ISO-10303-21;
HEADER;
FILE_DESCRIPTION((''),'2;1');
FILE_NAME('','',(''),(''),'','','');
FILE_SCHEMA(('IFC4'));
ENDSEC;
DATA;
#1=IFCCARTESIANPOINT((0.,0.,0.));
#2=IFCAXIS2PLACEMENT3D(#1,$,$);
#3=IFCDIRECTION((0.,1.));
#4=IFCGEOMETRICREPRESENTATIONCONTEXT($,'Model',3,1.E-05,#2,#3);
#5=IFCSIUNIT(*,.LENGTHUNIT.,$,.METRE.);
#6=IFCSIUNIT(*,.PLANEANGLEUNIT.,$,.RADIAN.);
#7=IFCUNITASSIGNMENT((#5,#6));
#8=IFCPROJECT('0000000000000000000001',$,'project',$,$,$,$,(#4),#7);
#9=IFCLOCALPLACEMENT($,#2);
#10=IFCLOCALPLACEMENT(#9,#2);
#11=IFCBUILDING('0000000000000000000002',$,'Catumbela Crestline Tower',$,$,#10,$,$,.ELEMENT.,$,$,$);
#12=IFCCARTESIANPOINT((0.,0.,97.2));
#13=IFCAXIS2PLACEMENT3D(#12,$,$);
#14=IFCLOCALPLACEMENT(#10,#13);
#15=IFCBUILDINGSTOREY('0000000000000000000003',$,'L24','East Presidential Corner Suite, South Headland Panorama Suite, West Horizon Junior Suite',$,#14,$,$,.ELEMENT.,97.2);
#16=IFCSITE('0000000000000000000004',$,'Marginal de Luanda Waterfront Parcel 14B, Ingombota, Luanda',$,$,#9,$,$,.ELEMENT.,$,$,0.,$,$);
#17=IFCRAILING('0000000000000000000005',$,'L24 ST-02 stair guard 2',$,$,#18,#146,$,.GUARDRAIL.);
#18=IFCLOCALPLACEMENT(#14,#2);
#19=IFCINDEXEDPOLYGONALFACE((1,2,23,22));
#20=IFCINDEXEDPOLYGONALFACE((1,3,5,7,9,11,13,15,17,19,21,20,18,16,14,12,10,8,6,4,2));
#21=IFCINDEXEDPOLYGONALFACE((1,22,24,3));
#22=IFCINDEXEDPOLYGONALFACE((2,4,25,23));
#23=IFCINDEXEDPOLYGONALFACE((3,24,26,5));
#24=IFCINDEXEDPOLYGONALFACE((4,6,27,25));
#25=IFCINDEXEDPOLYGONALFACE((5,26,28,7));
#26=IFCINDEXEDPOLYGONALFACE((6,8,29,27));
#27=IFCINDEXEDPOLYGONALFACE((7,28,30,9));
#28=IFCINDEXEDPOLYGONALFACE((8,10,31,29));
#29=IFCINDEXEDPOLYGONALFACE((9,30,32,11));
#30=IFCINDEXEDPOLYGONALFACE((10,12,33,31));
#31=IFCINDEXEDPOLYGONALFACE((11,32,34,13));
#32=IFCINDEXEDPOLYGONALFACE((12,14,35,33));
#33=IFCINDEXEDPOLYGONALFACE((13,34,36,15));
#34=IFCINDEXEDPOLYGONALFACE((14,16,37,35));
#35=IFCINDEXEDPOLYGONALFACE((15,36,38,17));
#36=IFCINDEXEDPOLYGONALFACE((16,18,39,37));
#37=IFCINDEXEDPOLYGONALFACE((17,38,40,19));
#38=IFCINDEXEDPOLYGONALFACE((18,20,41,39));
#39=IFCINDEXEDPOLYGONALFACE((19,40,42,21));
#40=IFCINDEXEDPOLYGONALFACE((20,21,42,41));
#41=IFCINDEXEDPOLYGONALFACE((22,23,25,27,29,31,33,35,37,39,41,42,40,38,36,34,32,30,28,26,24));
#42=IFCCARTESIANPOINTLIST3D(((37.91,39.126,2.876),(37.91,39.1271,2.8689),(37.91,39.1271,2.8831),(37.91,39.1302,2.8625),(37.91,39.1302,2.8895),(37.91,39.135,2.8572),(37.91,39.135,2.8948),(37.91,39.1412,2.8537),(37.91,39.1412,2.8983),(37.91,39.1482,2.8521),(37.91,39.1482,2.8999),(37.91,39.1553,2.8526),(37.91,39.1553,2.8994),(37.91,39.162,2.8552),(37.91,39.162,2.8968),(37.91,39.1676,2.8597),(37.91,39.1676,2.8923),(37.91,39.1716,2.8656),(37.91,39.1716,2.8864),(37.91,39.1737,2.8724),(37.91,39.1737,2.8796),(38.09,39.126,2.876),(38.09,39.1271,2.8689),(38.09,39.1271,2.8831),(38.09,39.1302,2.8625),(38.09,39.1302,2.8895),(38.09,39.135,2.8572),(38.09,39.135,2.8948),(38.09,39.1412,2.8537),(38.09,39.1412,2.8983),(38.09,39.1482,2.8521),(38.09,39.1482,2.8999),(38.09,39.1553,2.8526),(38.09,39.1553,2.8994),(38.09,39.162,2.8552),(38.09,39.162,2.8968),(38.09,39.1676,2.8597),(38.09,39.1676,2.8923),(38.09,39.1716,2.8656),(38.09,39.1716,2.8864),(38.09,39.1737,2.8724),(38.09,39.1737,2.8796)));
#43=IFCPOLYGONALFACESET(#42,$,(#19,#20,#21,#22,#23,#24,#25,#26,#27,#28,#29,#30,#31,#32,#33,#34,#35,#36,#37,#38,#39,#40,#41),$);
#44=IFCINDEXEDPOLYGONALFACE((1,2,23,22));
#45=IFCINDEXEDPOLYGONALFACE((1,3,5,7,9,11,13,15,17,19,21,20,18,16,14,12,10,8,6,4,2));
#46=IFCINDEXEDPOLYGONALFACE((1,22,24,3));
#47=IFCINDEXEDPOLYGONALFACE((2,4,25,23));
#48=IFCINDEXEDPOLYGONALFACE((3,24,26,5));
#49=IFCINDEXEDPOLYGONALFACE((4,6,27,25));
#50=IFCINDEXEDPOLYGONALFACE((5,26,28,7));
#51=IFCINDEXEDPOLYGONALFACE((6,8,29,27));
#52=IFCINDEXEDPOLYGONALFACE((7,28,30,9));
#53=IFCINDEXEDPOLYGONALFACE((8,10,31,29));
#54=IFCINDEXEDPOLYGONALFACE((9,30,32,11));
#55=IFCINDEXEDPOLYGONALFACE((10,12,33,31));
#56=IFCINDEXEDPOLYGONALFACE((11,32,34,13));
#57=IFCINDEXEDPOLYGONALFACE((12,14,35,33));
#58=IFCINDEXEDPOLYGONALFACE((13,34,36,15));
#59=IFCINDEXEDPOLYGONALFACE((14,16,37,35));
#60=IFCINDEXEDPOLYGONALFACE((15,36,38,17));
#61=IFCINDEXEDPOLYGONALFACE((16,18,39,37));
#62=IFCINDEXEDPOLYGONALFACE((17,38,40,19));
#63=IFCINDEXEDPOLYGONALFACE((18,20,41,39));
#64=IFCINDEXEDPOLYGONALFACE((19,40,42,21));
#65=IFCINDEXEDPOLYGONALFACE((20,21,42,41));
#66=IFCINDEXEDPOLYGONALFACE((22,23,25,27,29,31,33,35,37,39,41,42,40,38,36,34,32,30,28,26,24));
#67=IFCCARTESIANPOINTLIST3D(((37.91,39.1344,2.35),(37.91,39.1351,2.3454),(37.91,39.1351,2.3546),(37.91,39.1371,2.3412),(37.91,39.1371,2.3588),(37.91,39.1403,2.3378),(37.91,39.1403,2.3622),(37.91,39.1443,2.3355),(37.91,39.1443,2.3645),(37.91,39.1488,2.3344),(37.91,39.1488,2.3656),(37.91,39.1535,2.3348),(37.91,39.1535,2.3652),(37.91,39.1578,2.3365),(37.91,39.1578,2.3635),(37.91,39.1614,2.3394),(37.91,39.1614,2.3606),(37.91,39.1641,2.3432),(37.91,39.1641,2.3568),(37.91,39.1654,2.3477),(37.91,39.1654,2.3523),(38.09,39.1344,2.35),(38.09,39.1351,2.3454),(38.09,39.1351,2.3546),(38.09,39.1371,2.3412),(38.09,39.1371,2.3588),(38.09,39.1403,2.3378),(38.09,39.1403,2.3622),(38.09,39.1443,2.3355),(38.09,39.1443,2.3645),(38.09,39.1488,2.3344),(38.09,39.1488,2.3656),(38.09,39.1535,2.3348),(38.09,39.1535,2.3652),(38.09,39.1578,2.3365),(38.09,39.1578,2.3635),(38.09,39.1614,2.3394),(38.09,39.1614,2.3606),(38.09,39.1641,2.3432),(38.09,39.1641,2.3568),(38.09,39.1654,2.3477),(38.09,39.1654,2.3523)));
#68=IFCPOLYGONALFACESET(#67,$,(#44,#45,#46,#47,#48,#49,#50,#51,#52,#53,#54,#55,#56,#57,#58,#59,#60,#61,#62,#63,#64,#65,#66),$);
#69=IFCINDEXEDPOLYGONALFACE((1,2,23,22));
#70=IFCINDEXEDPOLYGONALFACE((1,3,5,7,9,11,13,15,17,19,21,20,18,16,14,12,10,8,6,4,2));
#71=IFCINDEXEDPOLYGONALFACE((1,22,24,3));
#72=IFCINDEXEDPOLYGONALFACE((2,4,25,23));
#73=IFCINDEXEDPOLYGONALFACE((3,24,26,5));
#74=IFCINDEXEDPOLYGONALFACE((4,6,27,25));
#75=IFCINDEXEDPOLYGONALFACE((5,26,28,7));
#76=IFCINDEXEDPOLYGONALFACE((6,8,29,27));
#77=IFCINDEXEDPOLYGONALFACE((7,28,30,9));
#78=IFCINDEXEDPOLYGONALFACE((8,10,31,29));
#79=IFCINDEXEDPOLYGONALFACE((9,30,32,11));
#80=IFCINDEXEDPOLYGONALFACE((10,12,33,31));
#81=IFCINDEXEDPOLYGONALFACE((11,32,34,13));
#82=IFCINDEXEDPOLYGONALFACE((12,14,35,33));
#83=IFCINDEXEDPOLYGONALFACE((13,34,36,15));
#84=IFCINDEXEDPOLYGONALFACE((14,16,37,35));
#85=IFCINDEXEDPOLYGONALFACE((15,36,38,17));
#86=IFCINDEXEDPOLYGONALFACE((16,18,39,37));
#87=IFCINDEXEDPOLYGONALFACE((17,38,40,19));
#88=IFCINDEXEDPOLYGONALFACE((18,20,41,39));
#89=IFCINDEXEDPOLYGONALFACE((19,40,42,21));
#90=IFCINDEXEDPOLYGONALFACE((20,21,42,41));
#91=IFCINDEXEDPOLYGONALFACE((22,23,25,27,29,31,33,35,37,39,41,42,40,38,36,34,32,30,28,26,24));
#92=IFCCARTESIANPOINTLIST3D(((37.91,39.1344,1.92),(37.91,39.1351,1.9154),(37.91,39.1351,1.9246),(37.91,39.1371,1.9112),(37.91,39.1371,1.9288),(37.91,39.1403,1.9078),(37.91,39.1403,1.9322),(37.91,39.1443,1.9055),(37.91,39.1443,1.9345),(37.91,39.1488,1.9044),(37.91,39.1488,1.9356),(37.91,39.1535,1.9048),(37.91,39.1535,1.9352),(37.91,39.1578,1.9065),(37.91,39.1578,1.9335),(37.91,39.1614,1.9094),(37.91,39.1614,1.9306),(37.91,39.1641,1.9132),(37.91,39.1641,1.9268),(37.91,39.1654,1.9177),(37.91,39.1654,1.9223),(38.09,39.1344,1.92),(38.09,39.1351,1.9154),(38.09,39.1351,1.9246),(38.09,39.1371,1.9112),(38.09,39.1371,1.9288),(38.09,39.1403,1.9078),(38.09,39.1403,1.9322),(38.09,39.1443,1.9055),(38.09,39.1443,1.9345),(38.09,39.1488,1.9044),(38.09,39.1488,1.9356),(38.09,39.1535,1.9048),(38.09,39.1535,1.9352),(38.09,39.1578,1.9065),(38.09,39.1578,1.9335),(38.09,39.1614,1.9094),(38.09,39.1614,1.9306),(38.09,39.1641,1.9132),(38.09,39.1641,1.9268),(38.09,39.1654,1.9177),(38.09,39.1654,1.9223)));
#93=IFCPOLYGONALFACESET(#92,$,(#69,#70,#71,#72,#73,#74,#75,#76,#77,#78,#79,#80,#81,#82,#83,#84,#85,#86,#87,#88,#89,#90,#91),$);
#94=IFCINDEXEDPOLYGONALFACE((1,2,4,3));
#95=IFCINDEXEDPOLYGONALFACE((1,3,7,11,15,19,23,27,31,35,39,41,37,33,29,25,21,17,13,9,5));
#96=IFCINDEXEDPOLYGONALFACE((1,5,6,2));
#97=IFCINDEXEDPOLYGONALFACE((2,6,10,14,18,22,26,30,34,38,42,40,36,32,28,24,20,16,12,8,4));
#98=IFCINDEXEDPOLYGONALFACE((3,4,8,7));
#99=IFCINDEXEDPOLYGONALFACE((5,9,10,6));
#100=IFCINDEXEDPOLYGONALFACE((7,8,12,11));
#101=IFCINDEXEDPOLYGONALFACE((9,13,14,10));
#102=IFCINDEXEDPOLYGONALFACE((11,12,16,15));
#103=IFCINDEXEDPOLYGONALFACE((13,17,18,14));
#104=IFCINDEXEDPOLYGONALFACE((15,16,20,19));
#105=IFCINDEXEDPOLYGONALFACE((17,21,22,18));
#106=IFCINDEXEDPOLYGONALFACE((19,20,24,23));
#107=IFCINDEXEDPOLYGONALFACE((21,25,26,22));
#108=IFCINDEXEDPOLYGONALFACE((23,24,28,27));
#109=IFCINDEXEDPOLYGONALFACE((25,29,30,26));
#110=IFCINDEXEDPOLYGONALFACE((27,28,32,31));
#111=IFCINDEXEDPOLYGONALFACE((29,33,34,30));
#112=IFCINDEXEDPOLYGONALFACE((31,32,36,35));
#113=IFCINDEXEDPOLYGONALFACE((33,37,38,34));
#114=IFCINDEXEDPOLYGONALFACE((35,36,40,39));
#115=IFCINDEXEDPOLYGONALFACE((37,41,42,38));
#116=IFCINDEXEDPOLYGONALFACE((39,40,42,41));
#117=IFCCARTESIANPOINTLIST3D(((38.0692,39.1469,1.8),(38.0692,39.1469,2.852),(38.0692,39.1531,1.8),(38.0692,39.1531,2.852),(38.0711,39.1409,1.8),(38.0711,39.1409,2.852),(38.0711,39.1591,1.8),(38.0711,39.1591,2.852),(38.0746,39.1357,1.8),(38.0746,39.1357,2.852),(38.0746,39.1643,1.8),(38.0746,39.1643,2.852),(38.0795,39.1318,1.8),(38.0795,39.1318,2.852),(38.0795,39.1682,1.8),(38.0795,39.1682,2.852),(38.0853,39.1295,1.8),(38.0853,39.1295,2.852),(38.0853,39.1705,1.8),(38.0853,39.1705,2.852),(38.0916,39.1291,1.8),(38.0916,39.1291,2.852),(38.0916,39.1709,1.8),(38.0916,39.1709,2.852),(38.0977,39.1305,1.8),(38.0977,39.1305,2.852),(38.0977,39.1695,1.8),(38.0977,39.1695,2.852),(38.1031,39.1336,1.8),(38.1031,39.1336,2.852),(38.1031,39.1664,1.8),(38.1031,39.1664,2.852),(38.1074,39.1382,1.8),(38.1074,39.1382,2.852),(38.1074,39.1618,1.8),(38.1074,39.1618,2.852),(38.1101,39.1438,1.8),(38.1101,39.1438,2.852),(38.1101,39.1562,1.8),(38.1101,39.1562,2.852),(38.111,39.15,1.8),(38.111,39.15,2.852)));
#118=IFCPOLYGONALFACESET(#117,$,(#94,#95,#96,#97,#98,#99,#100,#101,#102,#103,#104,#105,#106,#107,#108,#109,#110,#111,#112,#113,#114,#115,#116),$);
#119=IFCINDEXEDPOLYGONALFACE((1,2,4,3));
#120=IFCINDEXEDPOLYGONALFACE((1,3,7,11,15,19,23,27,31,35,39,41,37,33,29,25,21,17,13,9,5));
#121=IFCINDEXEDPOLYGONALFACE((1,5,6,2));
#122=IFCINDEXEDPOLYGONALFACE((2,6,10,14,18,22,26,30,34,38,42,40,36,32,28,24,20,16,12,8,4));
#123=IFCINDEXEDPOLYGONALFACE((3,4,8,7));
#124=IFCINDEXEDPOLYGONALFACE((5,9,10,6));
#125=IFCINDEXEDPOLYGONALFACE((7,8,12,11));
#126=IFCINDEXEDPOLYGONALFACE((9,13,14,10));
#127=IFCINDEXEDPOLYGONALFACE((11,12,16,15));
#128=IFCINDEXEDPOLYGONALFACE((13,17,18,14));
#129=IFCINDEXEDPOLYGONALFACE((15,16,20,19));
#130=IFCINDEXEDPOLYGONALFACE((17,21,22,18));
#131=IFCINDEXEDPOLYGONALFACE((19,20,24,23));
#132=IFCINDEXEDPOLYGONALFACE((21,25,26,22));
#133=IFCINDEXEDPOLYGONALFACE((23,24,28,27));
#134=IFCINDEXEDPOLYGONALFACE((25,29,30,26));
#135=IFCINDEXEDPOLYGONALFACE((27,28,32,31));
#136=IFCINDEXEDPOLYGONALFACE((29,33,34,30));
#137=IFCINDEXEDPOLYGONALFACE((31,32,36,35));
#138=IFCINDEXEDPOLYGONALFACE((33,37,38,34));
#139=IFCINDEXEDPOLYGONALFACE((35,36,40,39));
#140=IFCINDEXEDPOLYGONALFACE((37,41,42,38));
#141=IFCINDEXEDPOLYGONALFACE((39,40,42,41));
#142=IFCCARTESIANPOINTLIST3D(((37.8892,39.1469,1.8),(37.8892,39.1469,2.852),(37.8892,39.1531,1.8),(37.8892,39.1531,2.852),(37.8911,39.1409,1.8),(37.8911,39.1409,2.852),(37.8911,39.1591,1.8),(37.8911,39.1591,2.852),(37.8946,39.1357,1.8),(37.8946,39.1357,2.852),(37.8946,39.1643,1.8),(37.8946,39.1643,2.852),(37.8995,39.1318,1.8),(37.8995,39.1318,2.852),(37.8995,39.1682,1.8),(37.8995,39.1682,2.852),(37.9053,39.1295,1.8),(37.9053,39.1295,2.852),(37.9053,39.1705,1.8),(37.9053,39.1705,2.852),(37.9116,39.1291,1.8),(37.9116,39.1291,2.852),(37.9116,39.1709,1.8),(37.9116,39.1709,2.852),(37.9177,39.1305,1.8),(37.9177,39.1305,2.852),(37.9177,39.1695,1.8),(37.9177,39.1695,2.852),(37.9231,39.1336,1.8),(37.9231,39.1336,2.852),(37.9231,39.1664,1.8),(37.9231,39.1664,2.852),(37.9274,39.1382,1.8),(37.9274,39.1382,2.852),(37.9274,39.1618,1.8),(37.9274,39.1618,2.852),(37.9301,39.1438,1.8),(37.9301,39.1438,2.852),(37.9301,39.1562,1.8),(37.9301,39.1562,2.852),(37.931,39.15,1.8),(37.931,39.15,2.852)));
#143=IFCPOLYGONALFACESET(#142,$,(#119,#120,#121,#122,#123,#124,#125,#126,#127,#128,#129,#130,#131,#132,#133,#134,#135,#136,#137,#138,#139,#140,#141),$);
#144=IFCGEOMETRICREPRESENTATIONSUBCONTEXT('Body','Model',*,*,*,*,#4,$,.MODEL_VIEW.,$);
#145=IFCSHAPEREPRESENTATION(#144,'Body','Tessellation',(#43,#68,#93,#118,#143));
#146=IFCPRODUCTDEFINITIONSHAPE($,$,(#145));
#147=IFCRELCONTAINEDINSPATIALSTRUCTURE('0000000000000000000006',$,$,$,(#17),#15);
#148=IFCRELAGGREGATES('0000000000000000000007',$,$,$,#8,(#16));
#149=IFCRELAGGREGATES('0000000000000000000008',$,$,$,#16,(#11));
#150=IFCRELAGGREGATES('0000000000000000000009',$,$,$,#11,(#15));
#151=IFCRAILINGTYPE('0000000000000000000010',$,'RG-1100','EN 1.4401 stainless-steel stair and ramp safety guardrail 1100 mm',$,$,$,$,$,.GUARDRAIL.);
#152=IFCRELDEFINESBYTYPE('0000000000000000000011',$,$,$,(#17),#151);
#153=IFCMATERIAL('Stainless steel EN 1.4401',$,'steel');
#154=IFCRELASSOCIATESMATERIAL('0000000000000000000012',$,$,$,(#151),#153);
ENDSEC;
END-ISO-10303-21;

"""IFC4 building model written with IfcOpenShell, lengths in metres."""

from ifc_helpers import new_model, si_unit, direction, frame, origin, origin_2d, place, context, subcontext, project, spatial, circle, extrude, material, type_object, element, save


model = new_model("IFC4")

# Units and contexts
model_context = context("Model", 3, precision=1e-05, world=origin(), true_north=direction((0.0, 1.0)))
body_context = subcontext(model_context, "Body", "Model", "MODEL_VIEW")
ifc_project = project(units=[si_unit("LENGTHUNIT", "METRE"), si_unit("PLANEANGLEUNIT", "RADIAN")], contexts=[model_context])

# Site, building, storey
site_placement = place(None, origin())
site = spatial("IfcSite", under=ifc_project, at=site_placement, Name="Marginal de Luanda Waterfront Parcel 14B, Ingombota, Luanda", CompositionType="ELEMENT", RefElevation=0.0)
building_placement = place(site_placement, origin())
building = spatial("IfcBuilding", under=site, at=building_placement, Name="Catumbela Crestline Tower", CompositionType="ELEMENT")
storey_placement = place(building_placement, frame((0.0, 0.0, 97.2)))
storey = spatial("IfcBuildingStorey", under=building, at=storey_placement, Name="L24", Description="East Presidential Corner Suite, South Headland Panorama Suite, West Horizon Junior Suite", CompositionType="ELEMENT", Elevation=97.2)

# Shared definitions
ifc_material_1 = material(Name="Stainless steel EN 1.4401", Category="steel")

# Railing
railing_type_1 = type_object("IfcRailingType", Name="RG-1100", Description="EN 1.4401 stainless-steel stair and ramp safety guardrail 1100 mm", PredefinedType="GUARDRAIL", material=ifc_material_1)
railing_1_placement = place(storey_placement, frame((38.09, 39.15, 1.8)))
element("IfcRailing", 1, at=railing_1_placement, inside=storey, type_object=railing_type_1, Name="L24 ST-02 stair guard 2", PredefinedType="GUARDRAIL", context=body_context, shape_type="SweptSolid", body=[
    extrude(circle(Radius=0.024, at=origin_2d()), frame((0.0, 0.0, 1.076), z_axis=(-1.0, 0.0, 0.0), x_axis=(0.0, -1.0, 0.0)), (0.0, 0.0, 1.0), 0.18),
    extrude(circle(Radius=0.0156, at=origin_2d()), frame((0.0, 0.0, 0.55), z_axis=(-1.0, 0.0, 0.0), x_axis=(0.0, -1.0, 0.0)), (0.0, 0.0, 1.0), 0.18),
    extrude(circle(Radius=0.0156, at=origin_2d()), frame((0.0, 0.0, 0.12), z_axis=(-1.0, 0.0, 0.0), x_axis=(0.0, -1.0, 0.0)), (0.0, 0.0, 1.0), 0.18),
    extrude(circle(Radius=0.021, at=origin_2d()), origin(), (0.0, 0.0, 1.0), 1.052),
    extrude(circle(Radius=0.021, at=origin_2d()), frame((-0.18, 0.0, 0.0)), (0.0, 0.0, 1.0), 1.052),
])

save(model, "model.ifc")
